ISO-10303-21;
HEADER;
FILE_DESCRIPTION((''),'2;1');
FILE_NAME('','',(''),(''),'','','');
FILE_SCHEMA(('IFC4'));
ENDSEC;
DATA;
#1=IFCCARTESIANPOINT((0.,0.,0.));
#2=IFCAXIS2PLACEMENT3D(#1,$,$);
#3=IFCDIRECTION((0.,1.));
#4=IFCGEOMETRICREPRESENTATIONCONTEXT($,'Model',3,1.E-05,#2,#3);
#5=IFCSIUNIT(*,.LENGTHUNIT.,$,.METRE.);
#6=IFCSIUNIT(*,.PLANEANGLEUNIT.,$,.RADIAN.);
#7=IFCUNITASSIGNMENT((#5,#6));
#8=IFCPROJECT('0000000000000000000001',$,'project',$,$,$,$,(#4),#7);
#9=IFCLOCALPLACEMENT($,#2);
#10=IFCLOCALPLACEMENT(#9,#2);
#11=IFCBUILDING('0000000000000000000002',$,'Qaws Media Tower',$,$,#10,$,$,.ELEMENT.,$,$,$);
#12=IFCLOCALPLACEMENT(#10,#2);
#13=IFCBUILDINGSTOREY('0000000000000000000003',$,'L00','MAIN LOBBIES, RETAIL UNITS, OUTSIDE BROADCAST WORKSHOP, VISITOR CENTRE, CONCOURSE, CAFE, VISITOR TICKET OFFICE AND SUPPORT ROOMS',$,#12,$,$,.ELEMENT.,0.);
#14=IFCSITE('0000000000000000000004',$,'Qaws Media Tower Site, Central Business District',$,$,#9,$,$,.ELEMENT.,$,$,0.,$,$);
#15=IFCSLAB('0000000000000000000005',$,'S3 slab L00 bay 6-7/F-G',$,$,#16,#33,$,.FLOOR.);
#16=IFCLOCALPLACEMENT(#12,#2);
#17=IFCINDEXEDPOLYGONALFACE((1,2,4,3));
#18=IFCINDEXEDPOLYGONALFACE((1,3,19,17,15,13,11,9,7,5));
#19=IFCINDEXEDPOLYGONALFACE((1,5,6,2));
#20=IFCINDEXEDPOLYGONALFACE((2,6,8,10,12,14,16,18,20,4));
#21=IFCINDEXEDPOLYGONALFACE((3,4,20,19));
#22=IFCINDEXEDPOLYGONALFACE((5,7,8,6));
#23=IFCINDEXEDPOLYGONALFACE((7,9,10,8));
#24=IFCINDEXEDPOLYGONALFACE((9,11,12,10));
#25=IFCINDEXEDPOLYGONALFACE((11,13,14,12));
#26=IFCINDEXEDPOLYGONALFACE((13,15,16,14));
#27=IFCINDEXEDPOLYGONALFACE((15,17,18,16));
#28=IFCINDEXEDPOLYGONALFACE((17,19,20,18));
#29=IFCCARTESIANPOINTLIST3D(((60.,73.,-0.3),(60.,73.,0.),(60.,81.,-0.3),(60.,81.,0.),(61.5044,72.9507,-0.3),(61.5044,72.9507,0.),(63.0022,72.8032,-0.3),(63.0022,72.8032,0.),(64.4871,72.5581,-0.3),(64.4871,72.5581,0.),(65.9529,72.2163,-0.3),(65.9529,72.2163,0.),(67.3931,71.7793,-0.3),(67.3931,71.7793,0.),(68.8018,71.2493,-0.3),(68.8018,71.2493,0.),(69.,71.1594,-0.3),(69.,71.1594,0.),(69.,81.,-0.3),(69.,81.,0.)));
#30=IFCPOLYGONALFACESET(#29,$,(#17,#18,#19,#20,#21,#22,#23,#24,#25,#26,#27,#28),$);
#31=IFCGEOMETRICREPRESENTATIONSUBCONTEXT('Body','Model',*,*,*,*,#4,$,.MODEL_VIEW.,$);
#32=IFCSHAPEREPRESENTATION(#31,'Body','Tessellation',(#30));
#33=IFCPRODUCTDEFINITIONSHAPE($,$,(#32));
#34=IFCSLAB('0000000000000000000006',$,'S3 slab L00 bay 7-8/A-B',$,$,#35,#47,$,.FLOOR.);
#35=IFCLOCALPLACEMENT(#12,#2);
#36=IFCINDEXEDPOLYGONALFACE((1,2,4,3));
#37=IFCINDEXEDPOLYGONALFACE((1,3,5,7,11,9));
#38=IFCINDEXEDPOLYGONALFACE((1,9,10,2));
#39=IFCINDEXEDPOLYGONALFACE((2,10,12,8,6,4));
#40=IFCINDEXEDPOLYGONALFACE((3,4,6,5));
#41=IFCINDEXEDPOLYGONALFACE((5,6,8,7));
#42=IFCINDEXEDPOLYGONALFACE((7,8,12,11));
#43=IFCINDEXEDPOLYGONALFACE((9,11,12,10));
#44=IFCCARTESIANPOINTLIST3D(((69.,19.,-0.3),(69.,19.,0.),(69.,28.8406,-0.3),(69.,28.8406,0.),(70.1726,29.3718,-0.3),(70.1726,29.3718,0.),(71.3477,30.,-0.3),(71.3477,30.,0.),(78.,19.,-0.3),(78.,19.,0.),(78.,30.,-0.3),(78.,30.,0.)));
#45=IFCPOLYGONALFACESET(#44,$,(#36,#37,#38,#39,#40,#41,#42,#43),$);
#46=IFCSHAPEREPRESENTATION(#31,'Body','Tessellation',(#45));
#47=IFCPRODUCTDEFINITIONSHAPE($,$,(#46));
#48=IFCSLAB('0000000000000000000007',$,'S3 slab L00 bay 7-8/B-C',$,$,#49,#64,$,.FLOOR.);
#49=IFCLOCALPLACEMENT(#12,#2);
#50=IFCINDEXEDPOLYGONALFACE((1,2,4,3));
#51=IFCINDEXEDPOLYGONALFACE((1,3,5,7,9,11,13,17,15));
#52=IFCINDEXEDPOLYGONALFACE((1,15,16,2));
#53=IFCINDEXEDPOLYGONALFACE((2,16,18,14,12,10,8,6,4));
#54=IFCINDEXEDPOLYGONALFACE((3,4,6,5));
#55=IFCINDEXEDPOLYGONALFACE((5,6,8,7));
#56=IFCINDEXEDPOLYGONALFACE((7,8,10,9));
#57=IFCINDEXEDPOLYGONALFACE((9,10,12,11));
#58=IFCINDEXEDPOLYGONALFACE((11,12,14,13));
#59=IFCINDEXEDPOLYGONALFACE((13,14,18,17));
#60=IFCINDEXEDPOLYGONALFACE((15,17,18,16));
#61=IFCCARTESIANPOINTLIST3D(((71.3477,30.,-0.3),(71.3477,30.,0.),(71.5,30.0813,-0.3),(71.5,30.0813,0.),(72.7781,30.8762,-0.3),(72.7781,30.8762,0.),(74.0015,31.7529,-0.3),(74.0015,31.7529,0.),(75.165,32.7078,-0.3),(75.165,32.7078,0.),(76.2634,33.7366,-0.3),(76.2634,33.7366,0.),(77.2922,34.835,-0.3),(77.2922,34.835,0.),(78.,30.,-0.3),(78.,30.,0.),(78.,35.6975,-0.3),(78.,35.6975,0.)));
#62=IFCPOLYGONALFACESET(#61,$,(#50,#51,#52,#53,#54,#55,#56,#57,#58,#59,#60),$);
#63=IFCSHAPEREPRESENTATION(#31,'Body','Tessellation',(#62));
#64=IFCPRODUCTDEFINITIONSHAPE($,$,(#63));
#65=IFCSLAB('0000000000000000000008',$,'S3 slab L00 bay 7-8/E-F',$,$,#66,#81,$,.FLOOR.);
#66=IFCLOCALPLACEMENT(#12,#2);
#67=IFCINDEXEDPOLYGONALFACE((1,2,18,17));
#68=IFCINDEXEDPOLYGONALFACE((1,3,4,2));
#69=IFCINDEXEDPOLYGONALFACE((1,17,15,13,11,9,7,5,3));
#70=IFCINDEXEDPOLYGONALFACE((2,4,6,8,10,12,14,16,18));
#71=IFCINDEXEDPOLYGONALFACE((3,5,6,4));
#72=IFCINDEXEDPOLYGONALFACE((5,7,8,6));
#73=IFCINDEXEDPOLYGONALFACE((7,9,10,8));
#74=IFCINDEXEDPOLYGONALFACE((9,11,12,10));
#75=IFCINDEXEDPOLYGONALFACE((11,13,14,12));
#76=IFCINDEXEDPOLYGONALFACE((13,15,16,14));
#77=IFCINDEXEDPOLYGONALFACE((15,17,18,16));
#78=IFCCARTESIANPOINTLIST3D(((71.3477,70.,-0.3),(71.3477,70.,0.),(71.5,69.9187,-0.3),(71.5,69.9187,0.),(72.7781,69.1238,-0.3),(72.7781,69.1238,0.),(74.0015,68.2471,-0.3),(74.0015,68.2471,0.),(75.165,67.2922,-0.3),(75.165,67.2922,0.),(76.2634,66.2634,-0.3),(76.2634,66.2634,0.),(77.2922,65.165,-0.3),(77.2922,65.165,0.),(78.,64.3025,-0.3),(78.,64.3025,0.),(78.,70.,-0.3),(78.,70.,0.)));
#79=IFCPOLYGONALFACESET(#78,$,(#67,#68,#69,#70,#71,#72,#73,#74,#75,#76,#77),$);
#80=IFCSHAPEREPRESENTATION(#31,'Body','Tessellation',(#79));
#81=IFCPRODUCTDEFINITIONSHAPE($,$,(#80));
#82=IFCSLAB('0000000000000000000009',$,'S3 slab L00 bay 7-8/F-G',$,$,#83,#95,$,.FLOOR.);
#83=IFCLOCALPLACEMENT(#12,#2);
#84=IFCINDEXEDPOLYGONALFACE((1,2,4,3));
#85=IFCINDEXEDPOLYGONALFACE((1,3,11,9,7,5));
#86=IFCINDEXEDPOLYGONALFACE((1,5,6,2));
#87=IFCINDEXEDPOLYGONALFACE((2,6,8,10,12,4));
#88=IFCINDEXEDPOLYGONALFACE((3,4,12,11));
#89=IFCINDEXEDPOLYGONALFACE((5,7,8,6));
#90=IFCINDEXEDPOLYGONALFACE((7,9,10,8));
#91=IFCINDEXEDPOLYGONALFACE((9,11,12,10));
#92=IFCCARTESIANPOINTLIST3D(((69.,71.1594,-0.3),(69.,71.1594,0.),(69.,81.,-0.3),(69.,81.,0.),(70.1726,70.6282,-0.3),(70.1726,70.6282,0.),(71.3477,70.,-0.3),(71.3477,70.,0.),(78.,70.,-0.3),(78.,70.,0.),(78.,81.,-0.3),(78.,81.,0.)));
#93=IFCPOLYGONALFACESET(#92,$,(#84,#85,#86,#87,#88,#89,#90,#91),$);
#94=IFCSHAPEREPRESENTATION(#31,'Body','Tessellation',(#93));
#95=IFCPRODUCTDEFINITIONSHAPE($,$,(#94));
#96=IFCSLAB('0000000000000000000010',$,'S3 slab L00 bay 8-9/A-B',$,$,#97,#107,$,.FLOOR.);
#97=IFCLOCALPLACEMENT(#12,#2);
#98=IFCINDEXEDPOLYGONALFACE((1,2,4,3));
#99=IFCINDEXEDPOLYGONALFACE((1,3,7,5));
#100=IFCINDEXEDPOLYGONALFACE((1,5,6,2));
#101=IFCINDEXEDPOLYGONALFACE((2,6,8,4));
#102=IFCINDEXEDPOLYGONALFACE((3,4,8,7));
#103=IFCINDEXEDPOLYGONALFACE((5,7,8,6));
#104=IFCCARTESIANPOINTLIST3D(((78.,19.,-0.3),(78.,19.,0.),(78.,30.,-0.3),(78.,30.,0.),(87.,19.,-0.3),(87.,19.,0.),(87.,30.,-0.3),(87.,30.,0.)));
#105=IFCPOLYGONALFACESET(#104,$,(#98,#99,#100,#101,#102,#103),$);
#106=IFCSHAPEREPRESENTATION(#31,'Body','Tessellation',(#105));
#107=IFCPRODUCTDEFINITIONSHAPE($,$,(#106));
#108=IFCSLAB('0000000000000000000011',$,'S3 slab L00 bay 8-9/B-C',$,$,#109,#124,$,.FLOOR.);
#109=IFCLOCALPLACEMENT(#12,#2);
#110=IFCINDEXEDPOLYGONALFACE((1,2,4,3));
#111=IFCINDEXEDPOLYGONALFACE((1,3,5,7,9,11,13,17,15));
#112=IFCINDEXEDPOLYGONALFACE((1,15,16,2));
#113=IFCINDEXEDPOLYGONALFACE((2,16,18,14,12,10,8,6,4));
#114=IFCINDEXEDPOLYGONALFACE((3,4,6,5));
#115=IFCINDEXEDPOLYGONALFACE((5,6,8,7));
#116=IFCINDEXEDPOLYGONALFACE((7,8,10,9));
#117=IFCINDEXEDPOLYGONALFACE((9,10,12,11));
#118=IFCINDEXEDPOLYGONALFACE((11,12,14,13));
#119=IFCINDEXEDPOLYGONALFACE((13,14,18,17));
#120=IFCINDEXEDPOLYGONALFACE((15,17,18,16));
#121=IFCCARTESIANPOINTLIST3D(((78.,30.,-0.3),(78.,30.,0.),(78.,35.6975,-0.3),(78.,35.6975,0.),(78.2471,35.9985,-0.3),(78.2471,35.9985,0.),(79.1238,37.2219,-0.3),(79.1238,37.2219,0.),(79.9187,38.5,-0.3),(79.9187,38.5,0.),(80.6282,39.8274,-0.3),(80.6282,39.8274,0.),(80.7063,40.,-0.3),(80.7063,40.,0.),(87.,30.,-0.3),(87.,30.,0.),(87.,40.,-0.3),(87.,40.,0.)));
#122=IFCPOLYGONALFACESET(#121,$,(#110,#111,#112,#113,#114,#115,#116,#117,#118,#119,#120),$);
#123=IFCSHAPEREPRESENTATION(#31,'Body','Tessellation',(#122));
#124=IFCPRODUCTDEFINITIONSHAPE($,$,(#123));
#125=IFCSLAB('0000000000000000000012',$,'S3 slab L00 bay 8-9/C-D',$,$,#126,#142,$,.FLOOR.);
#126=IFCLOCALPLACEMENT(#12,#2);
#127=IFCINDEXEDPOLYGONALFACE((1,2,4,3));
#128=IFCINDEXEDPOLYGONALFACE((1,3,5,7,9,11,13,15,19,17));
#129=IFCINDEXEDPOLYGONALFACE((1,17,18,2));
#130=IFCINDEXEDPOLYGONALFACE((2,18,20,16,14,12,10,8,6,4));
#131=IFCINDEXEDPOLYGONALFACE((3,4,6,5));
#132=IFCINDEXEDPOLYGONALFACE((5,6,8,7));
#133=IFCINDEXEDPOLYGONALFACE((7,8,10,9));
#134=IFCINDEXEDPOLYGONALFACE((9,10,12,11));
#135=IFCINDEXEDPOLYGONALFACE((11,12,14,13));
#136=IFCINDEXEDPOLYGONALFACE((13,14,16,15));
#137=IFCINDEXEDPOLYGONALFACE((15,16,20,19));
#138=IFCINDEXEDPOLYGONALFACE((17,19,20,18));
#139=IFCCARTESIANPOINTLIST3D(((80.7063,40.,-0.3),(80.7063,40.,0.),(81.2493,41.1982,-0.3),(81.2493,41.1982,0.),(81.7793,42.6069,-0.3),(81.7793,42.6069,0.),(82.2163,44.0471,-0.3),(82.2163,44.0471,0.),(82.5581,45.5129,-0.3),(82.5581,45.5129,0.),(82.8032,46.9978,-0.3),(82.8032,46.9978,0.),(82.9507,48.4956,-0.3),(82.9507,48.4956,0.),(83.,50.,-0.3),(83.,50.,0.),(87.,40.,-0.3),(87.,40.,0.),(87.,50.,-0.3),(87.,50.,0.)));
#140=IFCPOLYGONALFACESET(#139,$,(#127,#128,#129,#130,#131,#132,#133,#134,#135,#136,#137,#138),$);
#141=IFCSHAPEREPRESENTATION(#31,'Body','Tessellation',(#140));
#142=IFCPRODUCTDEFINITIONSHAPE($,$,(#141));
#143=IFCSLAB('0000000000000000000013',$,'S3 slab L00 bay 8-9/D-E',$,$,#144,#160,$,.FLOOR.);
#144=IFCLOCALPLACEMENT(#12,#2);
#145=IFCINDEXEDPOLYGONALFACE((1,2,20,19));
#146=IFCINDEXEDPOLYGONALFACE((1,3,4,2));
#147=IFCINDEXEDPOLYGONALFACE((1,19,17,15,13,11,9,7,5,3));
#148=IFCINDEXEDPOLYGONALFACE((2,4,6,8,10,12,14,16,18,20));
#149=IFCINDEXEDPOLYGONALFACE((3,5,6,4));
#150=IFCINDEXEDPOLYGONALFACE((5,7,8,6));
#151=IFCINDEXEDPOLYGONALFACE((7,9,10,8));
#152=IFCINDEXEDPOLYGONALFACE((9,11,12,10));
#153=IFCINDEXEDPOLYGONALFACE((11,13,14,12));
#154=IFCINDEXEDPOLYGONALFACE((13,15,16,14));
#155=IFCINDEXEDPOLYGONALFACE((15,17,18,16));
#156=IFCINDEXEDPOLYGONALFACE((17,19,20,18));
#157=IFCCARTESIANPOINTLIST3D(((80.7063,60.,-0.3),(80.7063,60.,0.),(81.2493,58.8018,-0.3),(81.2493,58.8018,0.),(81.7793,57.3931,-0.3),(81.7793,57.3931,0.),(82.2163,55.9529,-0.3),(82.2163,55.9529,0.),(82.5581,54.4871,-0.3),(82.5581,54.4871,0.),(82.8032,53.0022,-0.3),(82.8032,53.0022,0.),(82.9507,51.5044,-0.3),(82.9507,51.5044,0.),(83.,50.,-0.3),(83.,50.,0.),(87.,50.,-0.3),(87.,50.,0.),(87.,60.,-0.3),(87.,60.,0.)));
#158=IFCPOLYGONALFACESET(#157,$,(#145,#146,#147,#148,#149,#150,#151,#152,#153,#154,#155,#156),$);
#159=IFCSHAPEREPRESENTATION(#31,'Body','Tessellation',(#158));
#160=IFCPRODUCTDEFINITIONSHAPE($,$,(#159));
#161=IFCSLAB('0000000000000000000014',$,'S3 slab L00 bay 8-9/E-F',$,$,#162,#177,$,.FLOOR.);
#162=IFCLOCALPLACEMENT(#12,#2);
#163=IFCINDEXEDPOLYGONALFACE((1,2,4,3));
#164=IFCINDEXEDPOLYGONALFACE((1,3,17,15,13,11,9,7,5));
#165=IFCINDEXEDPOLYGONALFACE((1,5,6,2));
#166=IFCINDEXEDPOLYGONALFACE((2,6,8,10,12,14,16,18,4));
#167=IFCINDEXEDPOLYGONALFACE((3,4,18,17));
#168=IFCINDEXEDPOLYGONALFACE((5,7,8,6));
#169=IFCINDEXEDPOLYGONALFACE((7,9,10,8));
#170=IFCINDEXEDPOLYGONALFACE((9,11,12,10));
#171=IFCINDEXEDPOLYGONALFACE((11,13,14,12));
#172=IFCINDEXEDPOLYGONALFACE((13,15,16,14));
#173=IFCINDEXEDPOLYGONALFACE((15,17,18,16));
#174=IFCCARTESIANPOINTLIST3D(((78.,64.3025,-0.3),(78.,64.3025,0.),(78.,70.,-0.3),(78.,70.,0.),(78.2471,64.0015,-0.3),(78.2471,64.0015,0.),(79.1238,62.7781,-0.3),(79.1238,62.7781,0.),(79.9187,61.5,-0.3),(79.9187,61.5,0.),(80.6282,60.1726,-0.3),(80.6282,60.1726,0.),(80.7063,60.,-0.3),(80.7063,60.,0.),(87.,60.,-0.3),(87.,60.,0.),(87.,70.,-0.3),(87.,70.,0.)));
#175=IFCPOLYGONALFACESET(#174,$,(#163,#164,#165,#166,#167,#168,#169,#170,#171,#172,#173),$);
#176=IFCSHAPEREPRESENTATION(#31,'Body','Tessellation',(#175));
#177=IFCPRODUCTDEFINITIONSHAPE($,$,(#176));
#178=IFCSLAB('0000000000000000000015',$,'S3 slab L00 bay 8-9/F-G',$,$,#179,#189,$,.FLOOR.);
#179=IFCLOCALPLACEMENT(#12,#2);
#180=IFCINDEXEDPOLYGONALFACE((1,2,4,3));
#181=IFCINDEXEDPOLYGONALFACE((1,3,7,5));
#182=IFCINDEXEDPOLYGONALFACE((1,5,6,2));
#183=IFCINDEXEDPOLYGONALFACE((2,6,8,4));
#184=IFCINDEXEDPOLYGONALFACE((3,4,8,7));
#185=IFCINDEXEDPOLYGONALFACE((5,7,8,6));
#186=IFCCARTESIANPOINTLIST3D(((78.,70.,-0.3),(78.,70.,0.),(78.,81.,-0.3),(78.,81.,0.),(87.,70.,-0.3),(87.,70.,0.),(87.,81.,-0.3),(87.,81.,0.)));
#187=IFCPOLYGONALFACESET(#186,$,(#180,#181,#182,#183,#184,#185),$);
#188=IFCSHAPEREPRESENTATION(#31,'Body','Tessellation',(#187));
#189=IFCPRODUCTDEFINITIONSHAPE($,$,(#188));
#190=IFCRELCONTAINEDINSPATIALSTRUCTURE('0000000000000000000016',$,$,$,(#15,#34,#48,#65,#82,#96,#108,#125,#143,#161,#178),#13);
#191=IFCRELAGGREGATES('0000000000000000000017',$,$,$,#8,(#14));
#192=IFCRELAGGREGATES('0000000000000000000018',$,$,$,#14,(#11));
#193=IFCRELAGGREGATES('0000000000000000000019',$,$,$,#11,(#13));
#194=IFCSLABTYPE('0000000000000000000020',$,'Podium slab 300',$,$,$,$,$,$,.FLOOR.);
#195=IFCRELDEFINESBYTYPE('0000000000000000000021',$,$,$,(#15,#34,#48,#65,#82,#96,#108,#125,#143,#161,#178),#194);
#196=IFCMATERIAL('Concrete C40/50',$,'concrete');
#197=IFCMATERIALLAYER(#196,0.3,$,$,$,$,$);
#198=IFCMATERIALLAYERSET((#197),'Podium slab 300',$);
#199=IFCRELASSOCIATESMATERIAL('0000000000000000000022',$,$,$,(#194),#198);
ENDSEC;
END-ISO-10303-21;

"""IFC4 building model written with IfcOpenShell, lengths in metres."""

from ifc_helpers import new_model, si_unit, direction, frame, origin, place, context, subcontext, project, spatial, polyline, outline, extrude, material, layer, layer_set, type_object, element, save


model = new_model("IFC4")

# Units and contexts
model_context = context("Model", 3, precision=1e-05, world=origin(), true_north=direction((0.0, 1.0)))
body_context = subcontext(model_context, "Body", "Model", "MODEL_VIEW")
ifc_project = project(units=[si_unit("LENGTHUNIT", "METRE"), si_unit("PLANEANGLEUNIT", "RADIAN")], contexts=[model_context])

# Site, building, storey
site_placement = place(None, origin())
site = spatial("IfcSite", under=ifc_project, at=site_placement, Name="Qaws Media Tower Site, Central Business District", CompositionType="ELEMENT", RefElevation=0.0)
building_placement = place(site_placement, origin())
building = spatial("IfcBuilding", under=site, at=building_placement, Name="Qaws Media Tower", CompositionType="ELEMENT")
storey_placement = place(building_placement, origin())
storey = spatial("IfcBuildingStorey", under=building, at=storey_placement, Name="L00", Description="MAIN LOBBIES, RETAIL UNITS, OUTSIDE BROADCAST WORKSHOP, VISITOR CENTRE, CONCOURSE, CAFE, VISITOR TICKET OFFICE AND SUPPORT ROOMS", CompositionType="ELEMENT", Elevation=0.0)

# Slabs
ifc_material = material(Name="Concrete C40/50", Category="concrete")
ifc_layer = layer(ifc_material, 0.3)
ifc_layer_set = layer_set([ifc_layer], Name="Podium slab 300")
slab_type = type_object("IfcSlabType", Name="Podium slab 300", PredefinedType="FLOOR", material=ifc_layer_set)
slab_1_placement = place(storey_placement, frame((0.0, 0.0, -0.3)))
element("IfcSlab", 1, at=slab_1_placement, inside=storey, type_object=slab_type, Name="S3 slab L00 bay 6-7/F-G", PredefinedType="FLOOR", context=body_context, shape_type="SweptSolid", body=[
    extrude(outline(polyline([(69.0, 81.0), (69.0, 71.1594), (68.8018, 71.2493), (67.3931, 71.7793), (65.9529, 72.2163), (64.4871, 72.5581), (63.0022, 72.8032), (61.5044, 72.9507), (60.0, 73.0), (60.0, 81.0), (69.0, 81.0)])), origin(), (0.0, 0.0, 1.0), 0.3),
])
slab_2_placement = place(storey_placement, frame((0.0, 0.0, -0.3)))
element("IfcSlab", 2, at=slab_2_placement, inside=storey, type_object=slab_type, Name="S3 slab L00 bay 7-8/A-B", PredefinedType="FLOOR", context=body_context, shape_type="SweptSolid", body=[
    extrude(outline(polyline([(69.0, 19.0), (69.0, 28.8406), (70.1726, 29.3718), (71.3477, 30.0), (78.0, 30.0), (78.0, 19.0), (69.0, 19.0)])), origin(), (0.0, 0.0, 1.0), 0.3),
])
slab_3_placement = place(storey_placement, frame((0.0, 0.0, -0.3)))
element("IfcSlab", 3, at=slab_3_placement, inside=storey, type_object=slab_type, Name="S3 slab L00 bay 7-8/B-C", PredefinedType="FLOOR", context=body_context, shape_type="SweptSolid", body=[
    extrude(outline(polyline([(71.5, 30.0813), (72.7781, 30.8762), (74.0015, 31.7529), (75.165, 32.7078), (76.2634, 33.7366), (77.2922, 34.835), (78.0, 35.6975), (78.0, 30.0), (71.3477, 30.0), (71.5, 30.0813)])), origin(), (0.0, 0.0, 1.0), 0.3),
])
slab_4_placement = place(storey_placement, frame((0.0, 0.0, -0.3)))
element("IfcSlab", 4, at=slab_4_placement, inside=storey, type_object=slab_type, Name="S3 slab L00 bay 7-8/E-F", PredefinedType="FLOOR", context=body_context, shape_type="SweptSolid", body=[
    extrude(outline(polyline([(77.2922, 65.165), (76.2634, 66.2634), (75.165, 67.2922), (74.0015, 68.2471), (72.7781, 69.1238), (71.5, 69.9187), (71.3477, 70.0), (78.0, 70.0), (78.0, 64.3025), (77.2922, 65.165)])), origin(), (0.0, 0.0, 1.0), 0.3),
])
slab_5_placement = place(storey_placement, frame((0.0, 0.0, -0.3)))
element("IfcSlab", 5, at=slab_5_placement, inside=storey, type_object=slab_type, Name="S3 slab L00 bay 7-8/F-G", PredefinedType="FLOOR", context=body_context, shape_type="SweptSolid", body=[
    extrude(outline(polyline([(78.0, 81.0), (78.0, 70.0), (71.3477, 70.0), (70.1726, 70.6282), (69.0, 71.1594), (69.0, 81.0), (78.0, 81.0)])), origin(), (0.0, 0.0, 1.0), 0.3),
])
slab_6_placement = place(storey_placement, frame((0.0, 0.0, -0.3)))
element("IfcSlab", 6, at=slab_6_placement, inside=storey, type_object=slab_type, Name="S3 slab L00 bay 8-9/A-B", PredefinedType="FLOOR", context=body_context, shape_type="SweptSolid", body=[
    extrude(outline(polyline([(78.0, 19.0), (78.0, 30.0), (87.0, 30.0), (87.0, 19.0), (78.0, 19.0)])), origin(), (0.0, 0.0, 1.0), 0.3),
])
slab_7_placement = place(storey_placement, frame((0.0, 0.0, -0.3)))
element("IfcSlab", 7, at=slab_7_placement, inside=storey, type_object=slab_type, Name="S3 slab L00 bay 8-9/B-C", PredefinedType="FLOOR", context=body_context, shape_type="SweptSolid", body=[
    extrude(outline(polyline([(78.2471, 35.9985), (79.1238, 37.2219), (79.9187, 38.5), (80.6282, 39.8274), (80.7063, 40.0), (87.0, 40.0), (87.0, 30.0), (78.0, 30.0), (78.0, 35.6975), (78.2471, 35.9985)])), origin(), (0.0, 0.0, 1.0), 0.3),
])
slab_8_placement = place(storey_placement, frame((0.0, 0.0, -0.3)))
element("IfcSlab", 8, at=slab_8_placement, inside=storey, type_object=slab_type, Name="S3 slab L00 bay 8-9/C-D", PredefinedType="FLOOR", context=body_context, shape_type="SweptSolid", body=[
    extrude(outline(polyline([(81.2493, 41.1982), (81.7793, 42.6069), (82.2163, 44.0471), (82.5581, 45.5129), (82.8032, 46.9978), (82.9507, 48.4956), (83.0, 50.0), (87.0, 50.0), (87.0, 40.0), (80.7063, 40.0), (81.2493, 41.1982)])), origin(), (0.0, 0.0, 1.0), 0.3),
])
slab_9_placement = place(storey_placement, frame((0.0, 0.0, -0.3)))
element("IfcSlab", 9, at=slab_9_placement, inside=storey, type_object=slab_type, Name="S3 slab L00 bay 8-9/D-E", PredefinedType="FLOOR", context=body_context, shape_type="SweptSolid", body=[
    extrude(outline(polyline([(82.2163, 55.9529), (81.7793, 57.3931), (81.2493, 58.8018), (80.7063, 60.0), (87.0, 60.0), (87.0, 50.0), (83.0, 50.0), (82.9507, 51.5044), (82.8032, 53.0022), (82.5581, 54.4871), (82.2163, 55.9529)])), origin(), (0.0, 0.0, 1.0), 0.3),
])
slab_10_placement = place(storey_placement, frame((0.0, 0.0, -0.3)))
element("IfcSlab", 10, at=slab_10_placement, inside=storey, type_object=slab_type, Name="S3 slab L00 bay 8-9/E-F", PredefinedType="FLOOR", context=body_context, shape_type="SweptSolid", body=[
    extrude(outline(polyline([(80.6282, 60.1726), (79.9187, 61.5), (79.1238, 62.7781), (78.2471, 64.0015), (78.0, 64.3025), (78.0, 70.0), (87.0, 70.0), (87.0, 60.0), (80.7063, 60.0), (80.6282, 60.1726)])), origin(), (0.0, 0.0, 1.0), 0.3),
])
slab_11_placement = place(storey_placement, frame((0.0, 0.0, -0.3)))
element("IfcSlab", 11, at=slab_11_placement, inside=storey, type_object=slab_type, Name="S3 slab L00 bay 8-9/F-G", PredefinedType="FLOOR", context=body_context, shape_type="SweptSolid", body=[
    extrude(outline(polyline([(87.0, 81.0), (87.0, 70.0), (78.0, 70.0), (78.0, 81.0), (87.0, 81.0)])), origin(), (0.0, 0.0, 1.0), 0.3),
])

save(model, "model.ifc")
